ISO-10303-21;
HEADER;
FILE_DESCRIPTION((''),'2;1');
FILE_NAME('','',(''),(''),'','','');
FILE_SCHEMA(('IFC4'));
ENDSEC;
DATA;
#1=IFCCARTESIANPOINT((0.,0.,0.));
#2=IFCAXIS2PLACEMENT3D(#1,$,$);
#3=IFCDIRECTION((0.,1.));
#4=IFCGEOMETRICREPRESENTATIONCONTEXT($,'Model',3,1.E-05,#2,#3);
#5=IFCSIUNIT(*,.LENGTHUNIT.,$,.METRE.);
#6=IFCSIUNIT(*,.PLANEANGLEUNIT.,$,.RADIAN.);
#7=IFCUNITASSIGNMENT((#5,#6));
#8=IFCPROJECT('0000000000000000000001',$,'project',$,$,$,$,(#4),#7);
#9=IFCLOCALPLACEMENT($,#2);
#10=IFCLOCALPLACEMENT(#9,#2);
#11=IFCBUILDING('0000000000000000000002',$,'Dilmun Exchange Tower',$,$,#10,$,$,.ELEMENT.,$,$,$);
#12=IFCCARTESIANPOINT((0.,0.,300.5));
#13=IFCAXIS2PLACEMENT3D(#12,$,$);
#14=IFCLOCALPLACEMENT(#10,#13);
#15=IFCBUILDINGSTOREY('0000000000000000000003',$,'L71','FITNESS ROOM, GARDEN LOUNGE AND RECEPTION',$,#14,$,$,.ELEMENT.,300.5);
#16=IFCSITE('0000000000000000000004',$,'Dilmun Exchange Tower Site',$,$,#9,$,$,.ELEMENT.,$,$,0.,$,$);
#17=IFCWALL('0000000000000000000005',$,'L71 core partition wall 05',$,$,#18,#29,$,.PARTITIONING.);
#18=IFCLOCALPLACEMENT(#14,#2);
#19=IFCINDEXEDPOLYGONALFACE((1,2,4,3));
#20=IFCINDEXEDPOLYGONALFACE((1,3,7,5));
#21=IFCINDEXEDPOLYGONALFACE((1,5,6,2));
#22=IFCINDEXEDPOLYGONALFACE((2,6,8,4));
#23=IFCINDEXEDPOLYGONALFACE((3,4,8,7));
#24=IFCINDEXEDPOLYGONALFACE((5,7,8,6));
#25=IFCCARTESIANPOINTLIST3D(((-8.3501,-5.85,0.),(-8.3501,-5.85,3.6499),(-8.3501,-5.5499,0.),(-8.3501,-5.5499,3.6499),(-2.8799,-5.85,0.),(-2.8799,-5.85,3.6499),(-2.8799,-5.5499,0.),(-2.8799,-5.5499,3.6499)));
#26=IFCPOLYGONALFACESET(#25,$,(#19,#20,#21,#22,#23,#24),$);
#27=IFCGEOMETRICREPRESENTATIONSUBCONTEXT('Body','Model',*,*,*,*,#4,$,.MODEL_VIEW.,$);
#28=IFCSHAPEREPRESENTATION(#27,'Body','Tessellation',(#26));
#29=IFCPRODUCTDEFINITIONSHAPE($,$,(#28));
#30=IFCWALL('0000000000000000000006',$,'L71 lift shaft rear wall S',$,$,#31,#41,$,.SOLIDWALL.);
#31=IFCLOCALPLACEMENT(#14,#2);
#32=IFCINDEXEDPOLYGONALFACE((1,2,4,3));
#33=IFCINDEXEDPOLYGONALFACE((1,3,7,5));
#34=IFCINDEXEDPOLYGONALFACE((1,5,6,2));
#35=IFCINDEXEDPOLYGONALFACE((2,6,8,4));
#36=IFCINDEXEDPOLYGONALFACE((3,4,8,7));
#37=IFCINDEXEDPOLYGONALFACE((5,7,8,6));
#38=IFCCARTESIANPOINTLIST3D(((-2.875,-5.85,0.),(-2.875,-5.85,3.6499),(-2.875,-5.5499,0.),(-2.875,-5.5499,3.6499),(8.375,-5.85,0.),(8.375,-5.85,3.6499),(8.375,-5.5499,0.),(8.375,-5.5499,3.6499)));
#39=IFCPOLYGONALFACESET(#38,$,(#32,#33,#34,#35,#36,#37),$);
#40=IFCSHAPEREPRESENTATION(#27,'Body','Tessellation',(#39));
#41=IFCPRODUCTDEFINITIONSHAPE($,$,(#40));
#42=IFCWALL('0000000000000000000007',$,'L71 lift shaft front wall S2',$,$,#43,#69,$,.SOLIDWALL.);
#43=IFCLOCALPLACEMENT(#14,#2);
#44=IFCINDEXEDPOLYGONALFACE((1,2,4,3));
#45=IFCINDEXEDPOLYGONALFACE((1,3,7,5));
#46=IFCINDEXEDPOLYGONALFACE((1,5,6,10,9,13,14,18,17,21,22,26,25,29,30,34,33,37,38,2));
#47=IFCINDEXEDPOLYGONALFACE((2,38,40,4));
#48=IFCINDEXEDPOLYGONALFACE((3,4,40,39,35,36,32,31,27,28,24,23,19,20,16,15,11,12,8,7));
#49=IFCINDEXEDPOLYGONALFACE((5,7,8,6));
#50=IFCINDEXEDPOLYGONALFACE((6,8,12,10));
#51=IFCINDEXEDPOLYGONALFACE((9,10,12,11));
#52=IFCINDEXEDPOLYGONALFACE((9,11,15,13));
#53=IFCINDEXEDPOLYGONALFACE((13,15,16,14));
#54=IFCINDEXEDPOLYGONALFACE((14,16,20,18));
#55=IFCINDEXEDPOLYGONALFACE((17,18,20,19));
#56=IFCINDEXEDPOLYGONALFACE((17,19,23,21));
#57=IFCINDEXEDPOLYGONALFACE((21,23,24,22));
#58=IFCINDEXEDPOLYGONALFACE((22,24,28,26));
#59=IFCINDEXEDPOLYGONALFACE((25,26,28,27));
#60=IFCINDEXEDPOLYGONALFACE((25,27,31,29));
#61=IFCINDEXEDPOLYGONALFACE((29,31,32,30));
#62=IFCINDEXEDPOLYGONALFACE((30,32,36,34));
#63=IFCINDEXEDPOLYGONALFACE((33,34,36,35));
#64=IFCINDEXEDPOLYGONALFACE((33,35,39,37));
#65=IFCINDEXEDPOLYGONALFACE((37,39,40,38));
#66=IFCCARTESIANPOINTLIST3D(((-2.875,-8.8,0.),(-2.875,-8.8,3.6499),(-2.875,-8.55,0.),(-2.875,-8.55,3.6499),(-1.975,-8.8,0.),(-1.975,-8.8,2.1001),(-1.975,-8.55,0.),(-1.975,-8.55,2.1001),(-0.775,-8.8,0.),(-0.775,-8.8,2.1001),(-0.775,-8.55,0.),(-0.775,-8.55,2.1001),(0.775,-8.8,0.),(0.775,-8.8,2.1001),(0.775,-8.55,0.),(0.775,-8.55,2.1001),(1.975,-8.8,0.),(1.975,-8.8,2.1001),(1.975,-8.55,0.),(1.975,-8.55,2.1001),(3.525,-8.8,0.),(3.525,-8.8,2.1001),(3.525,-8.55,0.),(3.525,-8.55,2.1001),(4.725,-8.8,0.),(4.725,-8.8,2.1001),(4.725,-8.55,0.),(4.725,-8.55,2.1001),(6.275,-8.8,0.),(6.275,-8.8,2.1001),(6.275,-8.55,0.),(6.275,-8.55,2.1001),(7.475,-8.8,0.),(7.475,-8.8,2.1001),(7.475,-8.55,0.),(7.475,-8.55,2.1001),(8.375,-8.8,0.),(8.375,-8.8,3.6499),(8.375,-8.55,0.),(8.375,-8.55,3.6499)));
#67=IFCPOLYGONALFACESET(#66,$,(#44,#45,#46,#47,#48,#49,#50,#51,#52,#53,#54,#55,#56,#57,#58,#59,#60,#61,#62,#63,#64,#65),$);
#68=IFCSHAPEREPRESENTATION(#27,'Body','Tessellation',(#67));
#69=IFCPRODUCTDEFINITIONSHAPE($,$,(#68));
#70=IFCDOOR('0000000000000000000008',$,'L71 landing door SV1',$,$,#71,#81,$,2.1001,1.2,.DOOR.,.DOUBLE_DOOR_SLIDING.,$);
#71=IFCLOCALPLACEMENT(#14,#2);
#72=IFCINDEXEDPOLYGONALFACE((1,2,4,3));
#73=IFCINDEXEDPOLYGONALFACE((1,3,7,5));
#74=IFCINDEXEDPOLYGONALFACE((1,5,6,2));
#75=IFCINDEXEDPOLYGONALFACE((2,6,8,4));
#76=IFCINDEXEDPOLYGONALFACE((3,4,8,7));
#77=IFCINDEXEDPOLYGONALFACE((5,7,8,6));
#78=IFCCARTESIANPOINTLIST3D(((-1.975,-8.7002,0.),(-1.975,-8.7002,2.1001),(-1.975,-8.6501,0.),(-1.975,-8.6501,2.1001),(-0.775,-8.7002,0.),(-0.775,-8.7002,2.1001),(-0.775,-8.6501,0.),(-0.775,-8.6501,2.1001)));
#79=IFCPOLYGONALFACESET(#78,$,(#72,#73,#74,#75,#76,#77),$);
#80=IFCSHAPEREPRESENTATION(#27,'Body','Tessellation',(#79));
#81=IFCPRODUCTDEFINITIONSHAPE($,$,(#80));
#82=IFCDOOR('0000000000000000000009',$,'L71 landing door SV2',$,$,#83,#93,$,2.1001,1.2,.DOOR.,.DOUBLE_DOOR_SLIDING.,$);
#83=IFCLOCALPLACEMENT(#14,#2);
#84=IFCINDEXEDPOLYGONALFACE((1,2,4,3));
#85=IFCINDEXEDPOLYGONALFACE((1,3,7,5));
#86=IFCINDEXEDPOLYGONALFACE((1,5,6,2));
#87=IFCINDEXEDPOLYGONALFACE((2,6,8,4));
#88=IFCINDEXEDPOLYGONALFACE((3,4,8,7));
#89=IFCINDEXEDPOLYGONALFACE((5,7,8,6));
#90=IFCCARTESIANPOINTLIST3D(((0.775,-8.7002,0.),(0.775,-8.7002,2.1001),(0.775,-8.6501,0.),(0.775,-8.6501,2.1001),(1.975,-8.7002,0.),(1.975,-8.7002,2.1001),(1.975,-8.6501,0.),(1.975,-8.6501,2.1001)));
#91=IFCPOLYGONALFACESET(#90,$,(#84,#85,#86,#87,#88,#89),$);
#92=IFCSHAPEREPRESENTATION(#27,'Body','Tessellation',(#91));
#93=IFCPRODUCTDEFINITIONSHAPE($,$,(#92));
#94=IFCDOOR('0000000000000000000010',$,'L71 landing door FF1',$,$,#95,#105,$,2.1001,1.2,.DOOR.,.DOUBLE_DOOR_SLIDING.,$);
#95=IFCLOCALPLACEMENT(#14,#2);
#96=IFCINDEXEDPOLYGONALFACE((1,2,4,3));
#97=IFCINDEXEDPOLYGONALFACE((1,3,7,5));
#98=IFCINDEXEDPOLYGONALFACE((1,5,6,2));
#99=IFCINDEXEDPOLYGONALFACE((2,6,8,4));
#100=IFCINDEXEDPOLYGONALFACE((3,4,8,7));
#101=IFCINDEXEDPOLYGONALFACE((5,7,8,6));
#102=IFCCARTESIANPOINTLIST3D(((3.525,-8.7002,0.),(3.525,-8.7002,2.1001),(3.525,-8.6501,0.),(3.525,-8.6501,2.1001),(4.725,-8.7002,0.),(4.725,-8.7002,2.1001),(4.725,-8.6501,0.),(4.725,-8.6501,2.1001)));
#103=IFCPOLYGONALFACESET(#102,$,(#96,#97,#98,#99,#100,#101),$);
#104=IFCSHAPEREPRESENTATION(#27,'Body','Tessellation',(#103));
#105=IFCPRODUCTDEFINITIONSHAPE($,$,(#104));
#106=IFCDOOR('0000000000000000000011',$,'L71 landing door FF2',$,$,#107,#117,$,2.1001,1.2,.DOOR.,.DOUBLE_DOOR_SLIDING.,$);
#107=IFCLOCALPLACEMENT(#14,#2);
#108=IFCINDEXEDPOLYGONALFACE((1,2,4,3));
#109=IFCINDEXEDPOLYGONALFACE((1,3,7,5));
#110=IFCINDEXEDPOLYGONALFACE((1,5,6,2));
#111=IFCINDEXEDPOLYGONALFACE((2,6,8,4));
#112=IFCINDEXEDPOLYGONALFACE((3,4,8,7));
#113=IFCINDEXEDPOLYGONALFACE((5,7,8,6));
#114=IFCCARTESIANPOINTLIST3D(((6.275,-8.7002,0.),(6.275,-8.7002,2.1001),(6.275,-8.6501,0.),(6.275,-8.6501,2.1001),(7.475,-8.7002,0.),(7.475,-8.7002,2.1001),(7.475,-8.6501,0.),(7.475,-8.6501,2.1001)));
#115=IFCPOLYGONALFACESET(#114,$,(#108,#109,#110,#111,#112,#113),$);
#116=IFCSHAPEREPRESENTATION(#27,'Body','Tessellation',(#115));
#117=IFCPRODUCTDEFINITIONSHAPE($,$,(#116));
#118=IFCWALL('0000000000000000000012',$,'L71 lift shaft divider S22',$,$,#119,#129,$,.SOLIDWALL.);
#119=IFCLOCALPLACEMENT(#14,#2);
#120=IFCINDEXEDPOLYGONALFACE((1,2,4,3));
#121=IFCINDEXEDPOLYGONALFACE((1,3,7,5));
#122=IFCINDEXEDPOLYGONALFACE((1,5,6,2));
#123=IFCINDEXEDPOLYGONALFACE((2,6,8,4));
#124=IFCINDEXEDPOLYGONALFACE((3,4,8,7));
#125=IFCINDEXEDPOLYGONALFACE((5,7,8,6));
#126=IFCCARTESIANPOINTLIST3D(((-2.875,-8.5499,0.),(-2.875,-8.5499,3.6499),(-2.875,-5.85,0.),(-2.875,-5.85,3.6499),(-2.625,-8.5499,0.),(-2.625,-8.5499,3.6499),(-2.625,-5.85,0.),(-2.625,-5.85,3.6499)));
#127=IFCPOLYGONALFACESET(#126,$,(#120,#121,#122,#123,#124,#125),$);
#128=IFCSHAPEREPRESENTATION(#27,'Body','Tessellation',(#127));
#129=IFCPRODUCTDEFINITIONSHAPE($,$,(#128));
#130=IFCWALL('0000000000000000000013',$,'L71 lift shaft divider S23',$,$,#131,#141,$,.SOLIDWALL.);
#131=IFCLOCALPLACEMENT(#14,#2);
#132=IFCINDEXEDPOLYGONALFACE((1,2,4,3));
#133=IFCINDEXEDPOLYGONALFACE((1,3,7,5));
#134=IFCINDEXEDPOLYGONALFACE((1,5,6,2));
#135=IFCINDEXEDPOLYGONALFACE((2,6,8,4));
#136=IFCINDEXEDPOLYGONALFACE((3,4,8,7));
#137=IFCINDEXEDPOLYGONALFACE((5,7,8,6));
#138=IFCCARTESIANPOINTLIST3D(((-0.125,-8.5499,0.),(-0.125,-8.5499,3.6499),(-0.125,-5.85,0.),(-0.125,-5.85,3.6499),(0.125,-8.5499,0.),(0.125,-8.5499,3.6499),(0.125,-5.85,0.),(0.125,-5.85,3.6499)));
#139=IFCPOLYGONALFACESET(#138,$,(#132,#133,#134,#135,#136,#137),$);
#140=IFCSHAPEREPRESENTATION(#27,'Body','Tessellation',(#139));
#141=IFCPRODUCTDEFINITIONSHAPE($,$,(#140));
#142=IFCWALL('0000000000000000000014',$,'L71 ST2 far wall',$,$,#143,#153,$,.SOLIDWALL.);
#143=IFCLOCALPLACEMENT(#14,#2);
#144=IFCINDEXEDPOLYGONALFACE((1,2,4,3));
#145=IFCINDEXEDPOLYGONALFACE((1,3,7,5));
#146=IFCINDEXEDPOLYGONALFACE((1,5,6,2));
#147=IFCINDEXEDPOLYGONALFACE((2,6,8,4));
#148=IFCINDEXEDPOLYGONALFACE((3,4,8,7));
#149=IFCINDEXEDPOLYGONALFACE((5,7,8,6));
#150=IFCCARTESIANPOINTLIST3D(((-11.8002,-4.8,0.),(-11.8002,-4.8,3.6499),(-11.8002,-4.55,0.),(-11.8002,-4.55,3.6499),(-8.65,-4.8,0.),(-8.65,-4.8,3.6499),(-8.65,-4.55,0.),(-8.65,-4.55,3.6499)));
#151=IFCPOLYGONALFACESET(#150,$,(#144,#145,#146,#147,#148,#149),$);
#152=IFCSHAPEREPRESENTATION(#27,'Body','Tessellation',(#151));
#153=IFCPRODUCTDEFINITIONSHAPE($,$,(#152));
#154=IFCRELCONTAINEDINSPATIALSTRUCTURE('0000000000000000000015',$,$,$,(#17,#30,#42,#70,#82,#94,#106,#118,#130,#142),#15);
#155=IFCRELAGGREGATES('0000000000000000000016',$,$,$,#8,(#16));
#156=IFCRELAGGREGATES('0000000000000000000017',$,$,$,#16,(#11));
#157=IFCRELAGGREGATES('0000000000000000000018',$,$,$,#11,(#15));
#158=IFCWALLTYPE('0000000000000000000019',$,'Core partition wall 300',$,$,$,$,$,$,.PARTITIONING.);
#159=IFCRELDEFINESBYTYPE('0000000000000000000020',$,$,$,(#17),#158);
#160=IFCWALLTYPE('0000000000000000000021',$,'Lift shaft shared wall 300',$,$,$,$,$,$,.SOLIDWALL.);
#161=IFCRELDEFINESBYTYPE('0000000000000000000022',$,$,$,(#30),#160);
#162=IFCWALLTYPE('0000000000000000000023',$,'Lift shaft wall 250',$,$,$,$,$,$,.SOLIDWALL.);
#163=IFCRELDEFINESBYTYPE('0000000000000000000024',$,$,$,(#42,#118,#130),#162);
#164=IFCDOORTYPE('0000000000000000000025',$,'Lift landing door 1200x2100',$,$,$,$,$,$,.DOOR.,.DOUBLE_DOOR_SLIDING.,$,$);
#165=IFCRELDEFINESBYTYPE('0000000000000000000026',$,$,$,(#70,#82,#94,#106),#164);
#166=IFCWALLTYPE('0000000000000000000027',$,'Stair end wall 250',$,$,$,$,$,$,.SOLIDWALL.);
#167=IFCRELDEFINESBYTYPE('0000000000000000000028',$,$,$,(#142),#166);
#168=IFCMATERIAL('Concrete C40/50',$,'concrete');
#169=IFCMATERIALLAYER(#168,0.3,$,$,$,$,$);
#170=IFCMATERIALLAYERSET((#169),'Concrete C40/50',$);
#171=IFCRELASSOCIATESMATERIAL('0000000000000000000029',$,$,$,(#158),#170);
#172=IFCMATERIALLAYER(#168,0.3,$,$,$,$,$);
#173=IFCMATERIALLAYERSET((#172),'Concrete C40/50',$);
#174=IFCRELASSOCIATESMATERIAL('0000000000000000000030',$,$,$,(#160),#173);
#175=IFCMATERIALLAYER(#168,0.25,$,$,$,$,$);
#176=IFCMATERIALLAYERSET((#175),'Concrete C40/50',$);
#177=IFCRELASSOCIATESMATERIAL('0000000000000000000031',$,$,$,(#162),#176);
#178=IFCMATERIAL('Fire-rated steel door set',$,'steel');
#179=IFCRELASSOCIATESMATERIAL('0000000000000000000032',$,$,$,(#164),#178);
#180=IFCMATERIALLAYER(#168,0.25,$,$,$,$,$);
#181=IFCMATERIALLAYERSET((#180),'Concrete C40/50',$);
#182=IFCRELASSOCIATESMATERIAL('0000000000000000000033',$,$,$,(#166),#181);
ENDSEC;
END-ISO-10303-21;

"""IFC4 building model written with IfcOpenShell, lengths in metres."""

from ifc_helpers import new_model, si_unit, direction, frame, frame_2d, origin, place, context, subcontext, project, spatial, rectangle, extrude, material, layer, layer_set, type_object, element, fill, save


model = new_model("IFC4")

# Units and contexts
model_context = context("Model", 3, precision=1e-05, world=origin(), true_north=direction((0.0, 1.0)))
body_context = subcontext(model_context, "Body", "Model", "MODEL_VIEW")
ifc_project = project(units=[si_unit("LENGTHUNIT", "METRE"), si_unit("PLANEANGLEUNIT", "RADIAN")], contexts=[model_context])

# Site, building, storey
site_placement = place(None, origin())
site = spatial("IfcSite", under=ifc_project, at=site_placement, Name="Dilmun Exchange Tower Site", CompositionType="ELEMENT", RefElevation=0.0)
building_placement = place(site_placement, origin())
building = spatial("IfcBuilding", under=site, at=building_placement, Name="Dilmun Exchange Tower", CompositionType="ELEMENT")
storey_placement = place(building_placement, frame((0.0, 0.0, 300.5)))
storey = spatial("IfcBuildingStorey", under=building, at=storey_placement, Name="L71", Description="FITNESS ROOM, GARDEN LOUNGE AND RECEPTION", CompositionType="ELEMENT", Elevation=300.5)

# Shared definitions
ifc_material_1 = material(Name="Concrete C40/50", Category="concrete")

# Shared definitions
ifc_material_2 = material(Name="Fire-rated steel door set", Category="steel")

# Walls
ifc_layer_1 = layer(ifc_material_1, 0.3)
ifc_layer_set_1 = layer_set([ifc_layer_1], Name="Concrete C40/50")
wall_type_1 = type_object("IfcWallType", Name="Core partition wall 300", PredefinedType="PARTITIONING", material=ifc_layer_set_1)
wall_1_placement = place(storey_placement, frame((-8.3501, -5.7, 0.0), z_axis=(0.0, 0.0, 1.0), x_axis=(1.0, 0.0, 0.0)))
element("IfcWall", 1, at=wall_1_placement, inside=storey, type_object=wall_type_1, Name="L71 core partition wall 05", PredefinedType="PARTITIONING", context=body_context, shape_type="SweptSolid", body=[
    extrude(rectangle(XDim=5.4702, YDim=0.3, at=frame_2d((2.7351, 0.0))), origin(), (0.0, 0.0, 1.0), 3.6499),
])
ifc_layer_2 = layer(ifc_material_1, 0.3)
ifc_layer_set_2 = layer_set([ifc_layer_2], Name="Concrete C40/50")
wall_type_2 = type_object("IfcWallType", Name="Lift shaft shared wall 300", PredefinedType="SOLIDWALL", material=ifc_layer_set_2)
wall_2_placement = place(storey_placement, frame((-2.875, -5.7, 0.0), z_axis=(0.0, 0.0, 1.0), x_axis=(1.0, 0.0, 0.0)))
element("IfcWall", 2, at=wall_2_placement, inside=storey, type_object=wall_type_2, Name="L71 lift shaft rear wall S", PredefinedType="SOLIDWALL", context=body_context, shape_type="SweptSolid", body=[
    extrude(rectangle(XDim=11.25, YDim=0.3, at=frame_2d((5.625, 0.0))), origin(), (0.0, 0.0, 1.0), 3.6499),
])

# Wall, openings, doors
ifc_layer_3 = layer(ifc_material_1, 0.25)
ifc_layer_set_3 = layer_set([ifc_layer_3], Name="Concrete C40/50")
wall_type_3 = type_object("IfcWallType", Name="Lift shaft wall 250", PredefinedType="SOLIDWALL", material=ifc_layer_set_3)
wall_3_placement = place(storey_placement, frame((-2.875, -8.675, 0.0), z_axis=(0.0, 0.0, 1.0), x_axis=(1.0, 0.0, 0.0)))
wall_3 = element("IfcWall", 3, at=wall_3_placement, inside=storey, type_object=wall_type_3, Name="L71 lift shaft front wall S2", PredefinedType="SOLIDWALL", context=body_context, shape_type="SweptSolid", body=[
    extrude(rectangle(XDim=11.25, YDim=0.25, at=frame_2d((5.625, 0.0))), origin(), (0.0, 0.0, 1.0), 3.6499),
])
opening_1_placement = place(wall_3_placement, frame((0.8999, 0.0, 0.0)))
opening_1 = element("IfcOpeningElement", 4, at=opening_1_placement, cuts=wall_3, PredefinedType="OPENING", context=body_context, shape_type="SweptSolid", body=[
    extrude(rectangle(XDim=1.2, YDim=2.1001, at=frame_2d((0.6001, 1.05))), frame((0.0, 0.135, 0.0), z_axis=(0.0, -1.0, 0.0), x_axis=(1.0, 0.0, 0.0)), (0.0, 0.0, 1.0), 0.27),
])
opening_2_placement = place(wall_3_placement, frame((3.6499, 0.0, 0.0)))
opening_2 = element("IfcOpeningElement", 5, at=opening_2_placement, cuts=wall_3, PredefinedType="OPENING", context=body_context, shape_type="SweptSolid", body=[
    extrude(rectangle(XDim=1.2, YDim=2.1001, at=frame_2d((0.6001, 1.05))), frame((0.0, 0.135, 0.0), z_axis=(0.0, -1.0, 0.0), x_axis=(1.0, 0.0, 0.0)), (0.0, 0.0, 1.0), 0.27),
])
opening_3_placement = place(wall_3_placement, frame((6.3999, 0.0, 0.0)))
opening_3 = element("IfcOpeningElement", 6, at=opening_3_placement, cuts=wall_3, PredefinedType="OPENING", context=body_context, shape_type="SweptSolid", body=[
    extrude(rectangle(XDim=1.2, YDim=2.1001, at=frame_2d((0.6001, 1.05))), frame((0.0, 0.135, 0.0), z_axis=(0.0, -1.0, 0.0), x_axis=(1.0, 0.0, 0.0)), (0.0, 0.0, 1.0), 0.27),
])
opening_4_placement = place(wall_3_placement, frame((9.1499, 0.0, 0.0)))
opening_4 = element("IfcOpeningElement", 7, at=opening_4_placement, cuts=wall_3, PredefinedType="OPENING", context=body_context, shape_type="SweptSolid", body=[
    extrude(rectangle(XDim=1.2, YDim=2.1001, at=frame_2d((0.6001, 1.05))), frame((0.0, 0.135, 0.0), z_axis=(0.0, -1.0, 0.0), x_axis=(1.0, 0.0, 0.0)), (0.0, 0.0, 1.0), 0.27),
])
door_type_1 = type_object("IfcDoorType", Name="Lift landing door 1200x2100", OperationType="DOUBLE_DOOR_SLIDING", PredefinedType="DOOR", material=ifc_material_2)
door_1_placement = place(opening_1_placement, origin())
door_1 = element("IfcDoor", 8, at=door_1_placement, inside=storey, type_object=door_type_1, Name="L71 landing door SV1", OperationType="DOUBLE_DOOR_SLIDING", OverallHeight=2.1001, OverallWidth=1.2, PredefinedType="DOOR", context=body_context, shape_type="SweptSolid", body=[
    extrude(rectangle(XDim=1.2, YDim=2.1001, at=frame_2d((0.6001, 1.05))), frame((0.0, 0.0249, 0.0), z_axis=(0.0, -1.0, 0.0), x_axis=(1.0, 0.0, 0.0)), (0.0, 0.0, 1.0), 0.05),
])
fill(opening_1, door_1)
door_2_placement = place(opening_2_placement, origin())
door_2 = element("IfcDoor", 9, at=door_2_placement, inside=storey, type_object=door_type_1, Name="L71 landing door SV2", OperationType="DOUBLE_DOOR_SLIDING", OverallHeight=2.1001, OverallWidth=1.2, PredefinedType="DOOR", context=body_context, shape_type="SweptSolid", body=[
    extrude(rectangle(XDim=1.2, YDim=2.1001, at=frame_2d((0.6001, 1.05))), frame((0.0, 0.0249, 0.0), z_axis=(0.0, -1.0, 0.0), x_axis=(1.0, 0.0, 0.0)), (0.0, 0.0, 1.0), 0.05),
])
fill(opening_2, door_2)
door_3_placement = place(opening_3_placement, origin())
door_3 = element("IfcDoor", 10, at=door_3_placement, inside=storey, type_object=door_type_1, Name="L71 landing door FF1", OperationType="DOUBLE_DOOR_SLIDING", OverallHeight=2.1001, OverallWidth=1.2, PredefinedType="DOOR", context=body_context, shape_type="SweptSolid", body=[
    extrude(rectangle(XDim=1.2, YDim=2.1001, at=frame_2d((0.6001, 1.05))), frame((0.0, 0.0249, 0.0), z_axis=(0.0, -1.0, 0.0), x_axis=(1.0, 0.0, 0.0)), (0.0, 0.0, 1.0), 0.05),
])
fill(opening_3, door_3)
door_4_placement = place(opening_4_placement, origin())
door_4 = element("IfcDoor", 11, at=door_4_placement, inside=storey, type_object=door_type_1, Name="L71 landing door FF2", OperationType="DOUBLE_DOOR_SLIDING", OverallHeight=2.1001, OverallWidth=1.2, PredefinedType="DOOR", context=body_context, shape_type="SweptSolid", body=[
    extrude(rectangle(XDim=1.2, YDim=2.1001, at=frame_2d((0.6001, 1.05))), frame((0.0, 0.0249, 0.0), z_axis=(0.0, -1.0, 0.0), x_axis=(1.0, 0.0, 0.0)), (0.0, 0.0, 1.0), 0.05),
])
fill(opening_4, door_4)

# Walls
for number, where, z_axis, x_axis, name in (
    (12, (-2.75, -8.55, 0.0), (0.0, 0.0, 1.0), (0.0, 1.0, 0.0), "L71 lift shaft divider S22"),
    (13, (0.0, -8.55, 0.0), (0.0, 0.0, 1.0), (0.0, 1.0, 0.0), "L71 lift shaft divider S23"),
):
    element("IfcWall", number, at=place(storey_placement, frame(where, z_axis=z_axis, x_axis=x_axis)), inside=storey, type_object=wall_type_3, Name=name, PredefinedType="SOLIDWALL", context=body_context, shape_type="SweptSolid", body=[
        extrude(rectangle(XDim=2.7, YDim=0.25, at=frame_2d((1.3501, 0.0))), origin(), (0.0, 0.0, 1.0), 3.6499),
    ])
ifc_layer_4 = layer(ifc_material_1, 0.25)
ifc_layer_set_4 = layer_set([ifc_layer_4], Name="Concrete C40/50")
wall_type_4 = type_object("IfcWallType", Name="Stair end wall 250", PredefinedType="SOLIDWALL", material=ifc_layer_set_4)
wall_4_placement = place(storey_placement, frame((-8.6499, -4.675, 0.0), z_axis=(0.0, 0.0, 1.0), x_axis=(-1.0, 0.0, 0.0)))
element("IfcWall", 14, at=wall_4_placement, inside=storey, type_object=wall_type_4, Name="L71 ST2 far wall", PredefinedType="SOLIDWALL", context=body_context, shape_type="SweptSolid", body=[
    extrude(rectangle(XDim=3.1501, YDim=0.25, at=frame_2d((1.5752, 0.0))), origin(), (0.0, 0.0, 1.0), 3.6499),
])

save(model, "model.ifc")
